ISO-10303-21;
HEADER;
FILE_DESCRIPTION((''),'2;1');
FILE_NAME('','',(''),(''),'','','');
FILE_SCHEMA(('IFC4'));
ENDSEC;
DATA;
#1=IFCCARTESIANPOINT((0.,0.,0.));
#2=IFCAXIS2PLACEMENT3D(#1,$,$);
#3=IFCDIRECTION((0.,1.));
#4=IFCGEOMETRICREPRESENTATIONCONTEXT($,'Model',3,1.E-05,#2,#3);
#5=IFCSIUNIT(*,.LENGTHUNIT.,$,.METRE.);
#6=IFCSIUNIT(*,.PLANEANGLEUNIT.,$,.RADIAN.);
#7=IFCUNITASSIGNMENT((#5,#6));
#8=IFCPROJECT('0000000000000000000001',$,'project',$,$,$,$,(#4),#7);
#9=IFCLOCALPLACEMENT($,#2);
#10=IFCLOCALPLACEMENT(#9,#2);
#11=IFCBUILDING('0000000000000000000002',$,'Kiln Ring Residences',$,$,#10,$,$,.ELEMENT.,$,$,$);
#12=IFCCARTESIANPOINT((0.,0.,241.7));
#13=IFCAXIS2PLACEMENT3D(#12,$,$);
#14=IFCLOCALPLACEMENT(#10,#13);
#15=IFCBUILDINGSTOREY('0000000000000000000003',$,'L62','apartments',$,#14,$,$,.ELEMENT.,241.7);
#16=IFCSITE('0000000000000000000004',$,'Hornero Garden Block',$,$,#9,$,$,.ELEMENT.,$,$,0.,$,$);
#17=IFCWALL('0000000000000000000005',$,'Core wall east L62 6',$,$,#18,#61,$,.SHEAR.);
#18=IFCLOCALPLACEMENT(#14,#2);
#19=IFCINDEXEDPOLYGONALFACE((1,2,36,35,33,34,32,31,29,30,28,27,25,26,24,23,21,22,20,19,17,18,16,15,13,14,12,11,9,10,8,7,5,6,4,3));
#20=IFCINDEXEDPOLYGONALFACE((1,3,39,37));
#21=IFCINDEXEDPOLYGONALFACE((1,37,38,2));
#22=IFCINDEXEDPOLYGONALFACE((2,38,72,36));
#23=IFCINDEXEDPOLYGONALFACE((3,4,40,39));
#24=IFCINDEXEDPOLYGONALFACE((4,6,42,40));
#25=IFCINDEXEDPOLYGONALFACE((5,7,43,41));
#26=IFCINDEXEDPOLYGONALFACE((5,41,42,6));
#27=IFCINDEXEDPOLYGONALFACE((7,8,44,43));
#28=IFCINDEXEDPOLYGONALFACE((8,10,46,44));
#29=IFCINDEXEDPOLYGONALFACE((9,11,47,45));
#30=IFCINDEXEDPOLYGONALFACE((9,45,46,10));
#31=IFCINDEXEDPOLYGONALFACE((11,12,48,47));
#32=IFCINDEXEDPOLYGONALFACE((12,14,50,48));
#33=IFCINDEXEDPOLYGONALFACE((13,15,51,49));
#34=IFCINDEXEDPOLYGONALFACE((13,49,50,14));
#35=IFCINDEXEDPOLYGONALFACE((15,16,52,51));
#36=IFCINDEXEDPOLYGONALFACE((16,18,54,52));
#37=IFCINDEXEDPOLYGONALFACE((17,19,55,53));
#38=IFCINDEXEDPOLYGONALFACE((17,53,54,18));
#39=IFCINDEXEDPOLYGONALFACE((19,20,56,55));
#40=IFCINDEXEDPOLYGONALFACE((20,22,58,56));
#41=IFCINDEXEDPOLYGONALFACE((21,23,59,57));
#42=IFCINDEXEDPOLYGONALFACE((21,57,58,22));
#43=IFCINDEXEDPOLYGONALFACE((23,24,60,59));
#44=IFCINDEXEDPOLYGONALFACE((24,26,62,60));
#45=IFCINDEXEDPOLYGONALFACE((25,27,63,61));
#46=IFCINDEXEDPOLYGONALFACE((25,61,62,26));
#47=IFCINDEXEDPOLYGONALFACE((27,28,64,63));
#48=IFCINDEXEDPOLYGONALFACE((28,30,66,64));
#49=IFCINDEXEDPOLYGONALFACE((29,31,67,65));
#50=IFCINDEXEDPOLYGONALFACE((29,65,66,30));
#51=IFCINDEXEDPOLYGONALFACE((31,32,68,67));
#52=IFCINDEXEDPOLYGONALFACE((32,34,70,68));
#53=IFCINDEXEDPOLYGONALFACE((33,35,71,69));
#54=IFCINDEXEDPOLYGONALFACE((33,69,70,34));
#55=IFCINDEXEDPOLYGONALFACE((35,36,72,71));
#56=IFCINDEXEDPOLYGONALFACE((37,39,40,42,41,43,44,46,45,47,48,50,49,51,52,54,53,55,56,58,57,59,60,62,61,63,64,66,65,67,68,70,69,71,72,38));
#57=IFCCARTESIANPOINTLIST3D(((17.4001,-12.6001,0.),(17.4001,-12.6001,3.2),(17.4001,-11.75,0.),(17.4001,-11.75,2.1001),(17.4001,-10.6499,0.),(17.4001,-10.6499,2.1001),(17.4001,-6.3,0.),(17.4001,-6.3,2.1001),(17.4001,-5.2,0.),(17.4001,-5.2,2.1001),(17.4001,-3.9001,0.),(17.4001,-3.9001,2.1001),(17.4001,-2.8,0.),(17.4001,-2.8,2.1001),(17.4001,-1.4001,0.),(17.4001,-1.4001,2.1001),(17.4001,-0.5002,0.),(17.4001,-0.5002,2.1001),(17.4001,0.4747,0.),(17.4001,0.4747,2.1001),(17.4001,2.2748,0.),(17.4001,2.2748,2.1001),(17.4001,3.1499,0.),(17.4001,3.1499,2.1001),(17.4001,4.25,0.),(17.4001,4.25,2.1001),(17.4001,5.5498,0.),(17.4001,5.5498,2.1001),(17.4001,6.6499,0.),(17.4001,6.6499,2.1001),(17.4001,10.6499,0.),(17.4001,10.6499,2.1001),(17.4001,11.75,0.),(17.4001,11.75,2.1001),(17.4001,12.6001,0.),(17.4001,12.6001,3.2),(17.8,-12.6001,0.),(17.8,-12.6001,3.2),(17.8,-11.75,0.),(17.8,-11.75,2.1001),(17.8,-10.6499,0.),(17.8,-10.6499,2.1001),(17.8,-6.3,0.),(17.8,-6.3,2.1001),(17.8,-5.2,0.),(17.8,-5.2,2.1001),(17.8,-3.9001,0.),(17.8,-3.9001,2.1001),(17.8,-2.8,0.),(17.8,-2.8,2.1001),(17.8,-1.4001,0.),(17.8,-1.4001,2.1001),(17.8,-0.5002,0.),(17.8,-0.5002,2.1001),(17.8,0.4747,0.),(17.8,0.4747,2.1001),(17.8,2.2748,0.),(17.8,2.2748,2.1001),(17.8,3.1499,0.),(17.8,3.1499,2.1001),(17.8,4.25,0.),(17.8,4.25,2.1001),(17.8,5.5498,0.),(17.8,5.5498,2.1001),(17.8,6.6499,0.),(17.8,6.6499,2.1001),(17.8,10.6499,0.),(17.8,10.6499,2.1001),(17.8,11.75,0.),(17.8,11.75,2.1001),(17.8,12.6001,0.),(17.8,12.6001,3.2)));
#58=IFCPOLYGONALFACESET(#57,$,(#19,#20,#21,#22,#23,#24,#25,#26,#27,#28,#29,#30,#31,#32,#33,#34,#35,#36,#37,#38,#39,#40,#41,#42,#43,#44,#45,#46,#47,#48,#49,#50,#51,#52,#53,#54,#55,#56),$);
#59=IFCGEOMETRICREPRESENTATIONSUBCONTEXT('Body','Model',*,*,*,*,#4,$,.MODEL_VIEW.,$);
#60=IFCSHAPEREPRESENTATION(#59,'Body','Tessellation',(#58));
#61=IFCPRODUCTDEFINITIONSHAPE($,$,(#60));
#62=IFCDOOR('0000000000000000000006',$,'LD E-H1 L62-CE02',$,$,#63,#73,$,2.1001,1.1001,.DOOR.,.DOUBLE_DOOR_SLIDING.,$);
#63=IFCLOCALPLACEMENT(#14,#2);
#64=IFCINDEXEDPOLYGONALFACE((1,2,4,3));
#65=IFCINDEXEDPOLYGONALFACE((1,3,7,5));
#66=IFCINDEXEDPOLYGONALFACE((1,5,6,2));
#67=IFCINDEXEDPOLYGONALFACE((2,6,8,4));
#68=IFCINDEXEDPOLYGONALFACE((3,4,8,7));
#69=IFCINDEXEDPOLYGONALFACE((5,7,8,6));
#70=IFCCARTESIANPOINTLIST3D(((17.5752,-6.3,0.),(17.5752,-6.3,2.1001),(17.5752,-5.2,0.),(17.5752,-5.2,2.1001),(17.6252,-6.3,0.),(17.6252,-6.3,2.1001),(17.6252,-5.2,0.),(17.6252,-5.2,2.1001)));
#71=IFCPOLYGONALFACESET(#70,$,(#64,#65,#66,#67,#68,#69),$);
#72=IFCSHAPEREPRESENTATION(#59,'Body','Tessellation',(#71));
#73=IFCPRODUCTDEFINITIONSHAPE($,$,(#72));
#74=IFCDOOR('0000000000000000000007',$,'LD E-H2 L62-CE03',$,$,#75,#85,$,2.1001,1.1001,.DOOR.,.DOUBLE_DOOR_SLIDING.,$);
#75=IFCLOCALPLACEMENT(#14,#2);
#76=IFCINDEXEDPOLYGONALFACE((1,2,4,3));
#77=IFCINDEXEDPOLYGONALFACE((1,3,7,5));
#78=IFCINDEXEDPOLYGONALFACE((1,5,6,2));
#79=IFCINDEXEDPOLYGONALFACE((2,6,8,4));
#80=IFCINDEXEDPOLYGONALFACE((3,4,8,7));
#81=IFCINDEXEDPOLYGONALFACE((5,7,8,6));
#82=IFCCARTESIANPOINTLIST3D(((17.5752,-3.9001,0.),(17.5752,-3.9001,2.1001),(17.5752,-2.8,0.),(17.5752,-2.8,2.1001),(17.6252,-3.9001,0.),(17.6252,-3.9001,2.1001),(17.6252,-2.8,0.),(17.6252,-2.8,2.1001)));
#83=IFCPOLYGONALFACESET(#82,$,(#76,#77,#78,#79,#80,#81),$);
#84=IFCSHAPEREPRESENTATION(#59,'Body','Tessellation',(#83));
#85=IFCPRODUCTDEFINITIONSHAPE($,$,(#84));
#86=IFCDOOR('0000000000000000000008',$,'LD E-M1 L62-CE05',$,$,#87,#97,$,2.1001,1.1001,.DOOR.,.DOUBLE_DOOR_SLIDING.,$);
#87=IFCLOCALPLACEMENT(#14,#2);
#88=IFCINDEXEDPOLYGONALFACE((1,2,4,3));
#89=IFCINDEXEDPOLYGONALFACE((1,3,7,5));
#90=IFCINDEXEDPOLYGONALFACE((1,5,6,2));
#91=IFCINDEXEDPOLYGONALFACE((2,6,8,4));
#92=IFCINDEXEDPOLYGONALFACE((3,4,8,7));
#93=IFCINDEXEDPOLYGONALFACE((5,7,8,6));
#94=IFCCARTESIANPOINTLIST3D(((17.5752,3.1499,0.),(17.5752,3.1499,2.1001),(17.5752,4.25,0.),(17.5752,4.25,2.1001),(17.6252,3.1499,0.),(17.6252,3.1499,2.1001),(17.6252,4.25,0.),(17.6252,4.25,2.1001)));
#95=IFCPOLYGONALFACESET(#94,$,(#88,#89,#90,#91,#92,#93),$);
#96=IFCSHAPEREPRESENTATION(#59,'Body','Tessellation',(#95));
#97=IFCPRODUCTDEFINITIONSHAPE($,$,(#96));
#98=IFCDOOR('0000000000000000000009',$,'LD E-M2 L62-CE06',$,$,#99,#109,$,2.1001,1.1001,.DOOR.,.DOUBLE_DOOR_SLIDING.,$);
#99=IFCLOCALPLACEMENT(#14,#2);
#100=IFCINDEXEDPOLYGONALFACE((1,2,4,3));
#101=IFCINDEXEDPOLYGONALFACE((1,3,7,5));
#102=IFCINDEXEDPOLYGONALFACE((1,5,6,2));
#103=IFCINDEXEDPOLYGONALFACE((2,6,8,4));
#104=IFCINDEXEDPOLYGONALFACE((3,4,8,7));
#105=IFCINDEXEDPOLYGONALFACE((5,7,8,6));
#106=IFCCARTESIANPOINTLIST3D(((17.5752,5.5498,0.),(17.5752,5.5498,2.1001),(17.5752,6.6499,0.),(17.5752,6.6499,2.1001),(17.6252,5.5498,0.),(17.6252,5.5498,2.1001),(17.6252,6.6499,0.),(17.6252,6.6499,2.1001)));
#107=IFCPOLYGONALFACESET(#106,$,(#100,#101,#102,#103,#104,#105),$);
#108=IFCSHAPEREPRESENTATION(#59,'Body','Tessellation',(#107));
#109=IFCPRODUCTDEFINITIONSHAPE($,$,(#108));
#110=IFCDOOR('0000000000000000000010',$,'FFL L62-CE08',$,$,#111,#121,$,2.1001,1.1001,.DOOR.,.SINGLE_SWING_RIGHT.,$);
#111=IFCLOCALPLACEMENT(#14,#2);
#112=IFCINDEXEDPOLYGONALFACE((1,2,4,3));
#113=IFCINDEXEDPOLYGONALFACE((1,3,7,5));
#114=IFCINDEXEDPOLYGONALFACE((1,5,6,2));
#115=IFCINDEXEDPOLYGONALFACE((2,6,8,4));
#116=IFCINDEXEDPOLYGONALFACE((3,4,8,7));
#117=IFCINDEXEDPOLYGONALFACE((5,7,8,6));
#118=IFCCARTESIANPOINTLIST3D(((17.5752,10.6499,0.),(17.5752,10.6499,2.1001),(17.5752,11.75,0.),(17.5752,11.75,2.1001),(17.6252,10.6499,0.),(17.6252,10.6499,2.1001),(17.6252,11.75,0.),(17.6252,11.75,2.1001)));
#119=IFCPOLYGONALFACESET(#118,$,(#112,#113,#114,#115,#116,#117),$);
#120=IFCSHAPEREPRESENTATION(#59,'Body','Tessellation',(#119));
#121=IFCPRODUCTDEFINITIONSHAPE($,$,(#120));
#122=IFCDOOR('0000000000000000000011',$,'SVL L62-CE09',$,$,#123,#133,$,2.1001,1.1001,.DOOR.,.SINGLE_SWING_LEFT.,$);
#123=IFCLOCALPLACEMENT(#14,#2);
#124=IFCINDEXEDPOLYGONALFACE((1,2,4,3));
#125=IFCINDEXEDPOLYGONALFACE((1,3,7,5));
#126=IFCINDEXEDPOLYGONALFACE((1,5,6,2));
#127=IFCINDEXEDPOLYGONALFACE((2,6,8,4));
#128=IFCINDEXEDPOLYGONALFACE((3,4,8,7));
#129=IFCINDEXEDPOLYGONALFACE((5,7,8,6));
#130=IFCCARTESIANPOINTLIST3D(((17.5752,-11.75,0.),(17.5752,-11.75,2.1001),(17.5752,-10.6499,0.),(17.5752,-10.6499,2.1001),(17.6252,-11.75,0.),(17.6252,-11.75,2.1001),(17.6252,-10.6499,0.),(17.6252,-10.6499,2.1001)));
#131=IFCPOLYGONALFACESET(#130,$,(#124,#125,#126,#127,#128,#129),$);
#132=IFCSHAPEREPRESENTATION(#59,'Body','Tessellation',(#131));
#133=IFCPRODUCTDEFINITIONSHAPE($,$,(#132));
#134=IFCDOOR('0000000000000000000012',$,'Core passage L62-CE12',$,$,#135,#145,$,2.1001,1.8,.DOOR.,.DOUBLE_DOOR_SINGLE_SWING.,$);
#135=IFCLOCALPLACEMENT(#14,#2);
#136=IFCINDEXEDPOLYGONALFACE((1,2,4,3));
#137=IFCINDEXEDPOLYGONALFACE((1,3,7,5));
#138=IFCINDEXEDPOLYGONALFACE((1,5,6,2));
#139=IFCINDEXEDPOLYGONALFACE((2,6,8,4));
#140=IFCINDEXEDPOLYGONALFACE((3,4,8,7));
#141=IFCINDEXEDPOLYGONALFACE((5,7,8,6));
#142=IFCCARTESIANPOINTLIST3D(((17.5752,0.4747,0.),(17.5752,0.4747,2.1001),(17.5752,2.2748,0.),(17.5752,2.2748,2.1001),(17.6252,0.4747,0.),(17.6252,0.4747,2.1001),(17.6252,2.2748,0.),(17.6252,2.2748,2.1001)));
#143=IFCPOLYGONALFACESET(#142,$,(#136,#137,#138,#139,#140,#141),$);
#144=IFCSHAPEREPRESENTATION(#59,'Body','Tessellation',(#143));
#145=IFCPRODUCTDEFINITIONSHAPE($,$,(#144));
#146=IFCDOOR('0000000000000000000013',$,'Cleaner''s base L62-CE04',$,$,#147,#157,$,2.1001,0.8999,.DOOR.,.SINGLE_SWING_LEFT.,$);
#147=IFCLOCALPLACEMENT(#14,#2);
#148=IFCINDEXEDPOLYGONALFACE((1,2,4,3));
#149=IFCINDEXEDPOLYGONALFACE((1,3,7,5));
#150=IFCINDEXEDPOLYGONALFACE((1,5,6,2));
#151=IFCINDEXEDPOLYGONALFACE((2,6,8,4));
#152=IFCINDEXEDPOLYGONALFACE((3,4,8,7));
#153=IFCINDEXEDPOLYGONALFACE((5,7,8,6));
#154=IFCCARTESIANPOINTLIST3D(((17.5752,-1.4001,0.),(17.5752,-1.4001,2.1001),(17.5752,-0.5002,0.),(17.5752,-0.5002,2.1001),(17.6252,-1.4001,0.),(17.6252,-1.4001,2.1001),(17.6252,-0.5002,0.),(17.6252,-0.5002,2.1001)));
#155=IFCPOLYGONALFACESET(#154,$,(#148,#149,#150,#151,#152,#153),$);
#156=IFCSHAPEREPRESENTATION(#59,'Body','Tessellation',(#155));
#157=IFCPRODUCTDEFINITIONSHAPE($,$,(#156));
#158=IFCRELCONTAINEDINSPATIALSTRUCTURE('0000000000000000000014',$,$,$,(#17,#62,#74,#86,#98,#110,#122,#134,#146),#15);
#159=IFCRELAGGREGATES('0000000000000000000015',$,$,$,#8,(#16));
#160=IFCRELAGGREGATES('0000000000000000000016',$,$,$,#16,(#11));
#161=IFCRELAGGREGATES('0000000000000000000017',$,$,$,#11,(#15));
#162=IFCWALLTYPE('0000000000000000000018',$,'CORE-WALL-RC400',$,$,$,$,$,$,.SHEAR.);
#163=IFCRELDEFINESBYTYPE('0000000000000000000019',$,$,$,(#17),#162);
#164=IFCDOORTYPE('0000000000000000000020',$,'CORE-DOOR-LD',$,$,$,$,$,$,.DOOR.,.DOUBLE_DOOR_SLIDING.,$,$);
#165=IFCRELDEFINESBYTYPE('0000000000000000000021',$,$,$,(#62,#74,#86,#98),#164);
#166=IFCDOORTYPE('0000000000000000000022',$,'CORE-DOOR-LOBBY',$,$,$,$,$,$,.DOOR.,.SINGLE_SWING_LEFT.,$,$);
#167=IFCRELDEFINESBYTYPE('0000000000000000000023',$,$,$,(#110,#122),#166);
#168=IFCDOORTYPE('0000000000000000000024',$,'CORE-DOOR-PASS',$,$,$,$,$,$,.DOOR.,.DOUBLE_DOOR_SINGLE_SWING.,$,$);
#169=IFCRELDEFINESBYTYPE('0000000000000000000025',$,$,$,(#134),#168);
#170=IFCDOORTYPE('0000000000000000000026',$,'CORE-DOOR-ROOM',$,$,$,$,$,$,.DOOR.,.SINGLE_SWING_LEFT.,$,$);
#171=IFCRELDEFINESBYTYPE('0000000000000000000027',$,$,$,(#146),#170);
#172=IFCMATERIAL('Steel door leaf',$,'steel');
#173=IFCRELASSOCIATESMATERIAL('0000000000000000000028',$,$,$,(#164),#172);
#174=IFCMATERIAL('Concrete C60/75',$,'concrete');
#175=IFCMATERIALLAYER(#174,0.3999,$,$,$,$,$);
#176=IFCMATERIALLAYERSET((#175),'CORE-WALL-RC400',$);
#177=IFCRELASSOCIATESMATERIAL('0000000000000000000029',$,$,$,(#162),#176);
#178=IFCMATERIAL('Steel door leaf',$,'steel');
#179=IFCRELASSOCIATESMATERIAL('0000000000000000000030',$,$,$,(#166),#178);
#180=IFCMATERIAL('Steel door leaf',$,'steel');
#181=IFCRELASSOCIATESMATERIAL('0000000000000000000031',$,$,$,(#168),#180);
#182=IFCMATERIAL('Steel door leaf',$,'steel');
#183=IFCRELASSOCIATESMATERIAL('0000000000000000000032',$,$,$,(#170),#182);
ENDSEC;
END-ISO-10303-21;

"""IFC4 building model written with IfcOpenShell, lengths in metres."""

from ifc_helpers import new_model, si_unit, direction, frame, frame_2d, origin, place, context, subcontext, project, spatial, rectangle, extrude, material, layer, layer_set, type_object, element, fill, save


model = new_model("IFC4")

# Units and contexts
model_context = context("Model", 3, precision=1e-05, world=origin(), true_north=direction((0.0, 1.0)))
body_context = subcontext(model_context, "Body", "Model", "MODEL_VIEW")
ifc_project = project(units=[si_unit("LENGTHUNIT", "METRE"), si_unit("PLANEANGLEUNIT", "RADIAN")], contexts=[model_context])

# Site, building, storey
site_placement = place(None, origin())
site = spatial("IfcSite", under=ifc_project, at=site_placement, Name="Hornero Garden Block", CompositionType="ELEMENT", RefElevation=0.0)
building_placement = place(site_placement, origin())
building = spatial("IfcBuilding", under=site, at=building_placement, Name="Kiln Ring Residences", CompositionType="ELEMENT")
storey_placement = place(building_placement, frame((0.0, 0.0, 241.7)))
storey = spatial("IfcBuildingStorey", under=building, at=storey_placement, Name="L62", Description="apartments", CompositionType="ELEMENT", Elevation=241.7)

# Wall, openings, doors
ifc_material_1 = material(Name="Steel door leaf", Category="steel")
door_type_1 = type_object("IfcDoorType", Name="CORE-DOOR-LD", OperationType="DOUBLE_DOOR_SLIDING", PredefinedType="DOOR", material=ifc_material_1)
ifc_material_2 = material(Name="Concrete C60/75", Category="concrete")
ifc_layer_1 = layer(ifc_material_2, 0.3999)
ifc_layer_set_1 = layer_set([ifc_layer_1], Name="CORE-WALL-RC400")
wall_type_1 = type_object("IfcWallType", Name="CORE-WALL-RC400", PredefinedType="SHEAR", material=ifc_layer_set_1)
wall_1_placement = place(storey_placement, frame((17.6001, -12.6001, 0.0), z_axis=(0.0, 0.0, 1.0), x_axis=(0.0, 1.0, 0.0)))
wall_1 = element("IfcWall", 1, at=wall_1_placement, inside=storey, type_object=wall_type_1, Name="Core wall east L62 6", PredefinedType="SHEAR", context=body_context, shape_type="SweptSolid", body=[
    extrude(rectangle(XDim=25.2002, YDim=0.3999, at=frame_2d((12.6001, 0.0))), origin(), (0.0, 0.0, 1.0), 3.2),
])
opening_1_placement = place(wall_1_placement, frame((6.3, 0.0, 0.0)))
opening_1 = element("IfcOpeningElement", 2, at=opening_1_placement, cuts=wall_1, PredefinedType="OPENING", context=body_context, shape_type="SweptSolid", body=[
    extrude(rectangle(XDim=1.1001, YDim=2.1001, at=frame_2d((0.55, 1.05))), frame((0.0, 0.21, 0.0), z_axis=(0.0, -1.0, 0.0), x_axis=(1.0, 0.0, 0.0)), (0.0, 0.0, 1.0), 0.4199),
])
opening_2_placement = place(wall_1_placement, frame((8.7, 0.0, 0.0)))
opening_2 = element("IfcOpeningElement", 3, at=opening_2_placement, cuts=wall_1, PredefinedType="OPENING", context=body_context, shape_type="SweptSolid", body=[
    extrude(rectangle(XDim=1.1001, YDim=2.1001, at=frame_2d((0.55, 1.05))), frame((0.0, 0.21, 0.0), z_axis=(0.0, -1.0, 0.0), x_axis=(1.0, 0.0, 0.0)), (0.0, 0.0, 1.0), 0.4199),
])
opening_3_placement = place(wall_1_placement, frame((11.2, 0.0, 0.0)))
opening_3 = element("IfcOpeningElement", 4, at=opening_3_placement, cuts=wall_1, PredefinedType="OPENING", context=body_context, shape_type="SweptSolid", body=[
    extrude(rectangle(XDim=0.8999, YDim=2.1001, at=frame_2d((0.45, 1.05))), frame((0.0, 0.21, 0.0), z_axis=(0.0, -1.0, 0.0), x_axis=(1.0, 0.0, 0.0)), (0.0, 0.0, 1.0), 0.4199),
])
opening_4_placement = place(wall_1_placement, frame((15.75, 0.0, 0.0)))
opening_4 = element("IfcOpeningElement", 5, at=opening_4_placement, cuts=wall_1, PredefinedType="OPENING", context=body_context, shape_type="SweptSolid", body=[
    extrude(rectangle(XDim=1.1001, YDim=2.1001, at=frame_2d((0.55, 1.05))), frame((0.0, 0.21, 0.0), z_axis=(0.0, -1.0, 0.0), x_axis=(1.0, 0.0, 0.0)), (0.0, 0.0, 1.0), 0.4199),
])
opening_5_placement = place(wall_1_placement, frame((18.1499, 0.0, 0.0)))
opening_5 = element("IfcOpeningElement", 6, at=opening_5_placement, cuts=wall_1, PredefinedType="OPENING", context=body_context, shape_type="SweptSolid", body=[
    extrude(rectangle(XDim=1.1001, YDim=2.1001, at=frame_2d((0.55, 1.05))), frame((0.0, 0.21, 0.0), z_axis=(0.0, -1.0, 0.0), x_axis=(1.0, 0.0, 0.0)), (0.0, 0.0, 1.0), 0.4199),
])
opening_6_placement = place(wall_1_placement, frame((23.25, 0.0, 0.0)))
opening_6 = element("IfcOpeningElement", 7, at=opening_6_placement, cuts=wall_1, PredefinedType="OPENING", context=body_context, shape_type="SweptSolid", body=[
    extrude(rectangle(XDim=1.1001, YDim=2.1001, at=frame_2d((0.55, 1.05))), frame((0.0, 0.21, 0.0), z_axis=(0.0, -1.0, 0.0), x_axis=(1.0, 0.0, 0.0)), (0.0, 0.0, 1.0), 0.4199),
])
opening_7_placement = place(wall_1_placement, frame((0.8501, 0.0, 0.0)))
opening_7 = element("IfcOpeningElement", 8, at=opening_7_placement, cuts=wall_1, PredefinedType="OPENING", context=body_context, shape_type="SweptSolid", body=[
    extrude(rectangle(XDim=1.1001, YDim=2.1001, at=frame_2d((0.55, 1.05))), frame((0.0, 0.21, 0.0), z_axis=(0.0, -1.0, 0.0), x_axis=(1.0, 0.0, 0.0)), (0.0, 0.0, 1.0), 0.4199),
])
opening_8_placement = place(wall_1_placement, frame((13.075, 0.0, 0.0)))
opening_8 = element("IfcOpeningElement", 9, at=opening_8_placement, cuts=wall_1, PredefinedType="OPENING", context=body_context, shape_type="SweptSolid", body=[
    extrude(rectangle(XDim=1.8, YDim=2.1001, at=frame_2d((0.8999, 1.05))), frame((0.0, 0.21, 0.0), z_axis=(0.0, -1.0, 0.0), x_axis=(1.0, 0.0, 0.0)), (0.0, 0.0, 1.0), 0.4199),
])
door_1_placement = place(opening_1_placement, origin())
door_1 = element("IfcDoor", 10, at=door_1_placement, inside=storey, type_object=door_type_1, Name="LD E-H1 L62-CE02", OperationType="DOUBLE_DOOR_SLIDING", OverallHeight=2.1001, OverallWidth=1.1001, PredefinedType="DOOR", context=body_context, shape_type="SweptSolid", body=[
    extrude(rectangle(XDim=1.1001, YDim=2.1001, at=frame_2d((0.55, 1.05))), frame((0.0, 0.0249, 0.0), z_axis=(0.0, -1.0, 0.0), x_axis=(1.0, 0.0, 0.0)), (0.0, 0.0, 1.0), 0.05),
])
fill(opening_1, door_1)
door_2_placement = place(opening_2_placement, origin())
door_2 = element("IfcDoor", 11, at=door_2_placement, inside=storey, type_object=door_type_1, Name="LD E-H2 L62-CE03", OperationType="DOUBLE_DOOR_SLIDING", OverallHeight=2.1001, OverallWidth=1.1001, PredefinedType="DOOR", context=body_context, shape_type="SweptSolid", body=[
    extrude(rectangle(XDim=1.1001, YDim=2.1001, at=frame_2d((0.55, 1.05))), frame((0.0, 0.0249, 0.0), z_axis=(0.0, -1.0, 0.0), x_axis=(1.0, 0.0, 0.0)), (0.0, 0.0, 1.0), 0.05),
])
fill(opening_2, door_2)
door_3_placement = place(opening_4_placement, origin())
door_3 = element("IfcDoor", 12, at=door_3_placement, inside=storey, type_object=door_type_1, Name="LD E-M1 L62-CE05", OperationType="DOUBLE_DOOR_SLIDING", OverallHeight=2.1001, OverallWidth=1.1001, PredefinedType="DOOR", context=body_context, shape_type="SweptSolid", body=[
    extrude(rectangle(XDim=1.1001, YDim=2.1001, at=frame_2d((0.55, 1.05))), frame((0.0, 0.0249, 0.0), z_axis=(0.0, -1.0, 0.0), x_axis=(1.0, 0.0, 0.0)), (0.0, 0.0, 1.0), 0.05),
])
fill(opening_4, door_3)
door_4_placement = place(opening_5_placement, origin())
door_4 = element("IfcDoor", 13, at=door_4_placement, inside=storey, type_object=door_type_1, Name="LD E-M2 L62-CE06", OperationType="DOUBLE_DOOR_SLIDING", OverallHeight=2.1001, OverallWidth=1.1001, PredefinedType="DOOR", context=body_context, shape_type="SweptSolid", body=[
    extrude(rectangle(XDim=1.1001, YDim=2.1001, at=frame_2d((0.55, 1.05))), frame((0.0, 0.0249, 0.0), z_axis=(0.0, -1.0, 0.0), x_axis=(1.0, 0.0, 0.0)), (0.0, 0.0, 1.0), 0.05),
])
fill(opening_5, door_4)
ifc_material_3 = material(Name="Steel door leaf", Category="steel")
door_type_2 = type_object("IfcDoorType", Name="CORE-DOOR-LOBBY", OperationType="SINGLE_SWING_LEFT", PredefinedType="DOOR", material=ifc_material_3)
door_5_placement = place(opening_6_placement, origin())
door_5 = element("IfcDoor", 14, at=door_5_placement, inside=storey, type_object=door_type_2, Name="FFL L62-CE08", OperationType="SINGLE_SWING_RIGHT", OverallHeight=2.1001, OverallWidth=1.1001, PredefinedType="DOOR", context=body_context, shape_type="SweptSolid", body=[
    extrude(rectangle(XDim=1.1001, YDim=2.1001, at=frame_2d((0.55, 1.05))), frame((0.0, 0.0249, 0.0), z_axis=(0.0, -1.0, 0.0), x_axis=(1.0, 0.0, 0.0)), (0.0, 0.0, 1.0), 0.05),
])
fill(opening_6, door_5)
door_6_placement = place(opening_7_placement, origin())
door_6 = element("IfcDoor", 15, at=door_6_placement, inside=storey, type_object=door_type_2, Name="SVL L62-CE09", OperationType="SINGLE_SWING_LEFT", OverallHeight=2.1001, OverallWidth=1.1001, PredefinedType="DOOR", context=body_context, shape_type="SweptSolid", body=[
    extrude(rectangle(XDim=1.1001, YDim=2.1001, at=frame_2d((0.55, 1.05))), frame((0.0, 0.0249, 0.0), z_axis=(0.0, -1.0, 0.0), x_axis=(1.0, 0.0, 0.0)), (0.0, 0.0, 1.0), 0.05),
])
fill(opening_7, door_6)
ifc_material_4 = material(Name="Steel door leaf", Category="steel")
door_type_3 = type_object("IfcDoorType", Name="CORE-DOOR-PASS", OperationType="DOUBLE_DOOR_SINGLE_SWING", PredefinedType="DOOR", material=ifc_material_4)
door_7_placement = place(opening_8_placement, origin())
door_7 = element("IfcDoor", 16, at=door_7_placement, inside=storey, type_object=door_type_3, Name="Core passage L62-CE12", OperationType="DOUBLE_DOOR_SINGLE_SWING", OverallHeight=2.1001, OverallWidth=1.8, PredefinedType="DOOR", context=body_context, shape_type="SweptSolid", body=[
    extrude(rectangle(XDim=1.8, YDim=2.1001, at=frame_2d((0.8999, 1.05))), frame((0.0, 0.0249, 0.0), z_axis=(0.0, -1.0, 0.0), x_axis=(1.0, 0.0, 0.0)), (0.0, 0.0, 1.0), 0.05),
])
fill(opening_8, door_7)
ifc_material_5 = material(Name="Steel door leaf", Category="steel")
door_type_4 = type_object("IfcDoorType", Name="CORE-DOOR-ROOM", OperationType="SINGLE_SWING_LEFT", PredefinedType="DOOR", material=ifc_material_5)
door_8_placement = place(opening_3_placement, origin())
door_8 = element("IfcDoor", 17, at=door_8_placement, inside=storey, type_object=door_type_4, Name="Cleaner's base L62-CE04", OperationType="SINGLE_SWING_LEFT", OverallHeight=2.1001, OverallWidth=0.8999, PredefinedType="DOOR", context=body_context, shape_type="SweptSolid", body=[
    extrude(rectangle(XDim=0.8999, YDim=2.1001, at=frame_2d((0.45, 1.05))), frame((0.0, 0.0249, 0.0), z_axis=(0.0, -1.0, 0.0), x_axis=(1.0, 0.0, 0.0)), (0.0, 0.0, 1.0), 0.05),
])
fill(opening_3, door_8)

save(model, "model.ifc")
